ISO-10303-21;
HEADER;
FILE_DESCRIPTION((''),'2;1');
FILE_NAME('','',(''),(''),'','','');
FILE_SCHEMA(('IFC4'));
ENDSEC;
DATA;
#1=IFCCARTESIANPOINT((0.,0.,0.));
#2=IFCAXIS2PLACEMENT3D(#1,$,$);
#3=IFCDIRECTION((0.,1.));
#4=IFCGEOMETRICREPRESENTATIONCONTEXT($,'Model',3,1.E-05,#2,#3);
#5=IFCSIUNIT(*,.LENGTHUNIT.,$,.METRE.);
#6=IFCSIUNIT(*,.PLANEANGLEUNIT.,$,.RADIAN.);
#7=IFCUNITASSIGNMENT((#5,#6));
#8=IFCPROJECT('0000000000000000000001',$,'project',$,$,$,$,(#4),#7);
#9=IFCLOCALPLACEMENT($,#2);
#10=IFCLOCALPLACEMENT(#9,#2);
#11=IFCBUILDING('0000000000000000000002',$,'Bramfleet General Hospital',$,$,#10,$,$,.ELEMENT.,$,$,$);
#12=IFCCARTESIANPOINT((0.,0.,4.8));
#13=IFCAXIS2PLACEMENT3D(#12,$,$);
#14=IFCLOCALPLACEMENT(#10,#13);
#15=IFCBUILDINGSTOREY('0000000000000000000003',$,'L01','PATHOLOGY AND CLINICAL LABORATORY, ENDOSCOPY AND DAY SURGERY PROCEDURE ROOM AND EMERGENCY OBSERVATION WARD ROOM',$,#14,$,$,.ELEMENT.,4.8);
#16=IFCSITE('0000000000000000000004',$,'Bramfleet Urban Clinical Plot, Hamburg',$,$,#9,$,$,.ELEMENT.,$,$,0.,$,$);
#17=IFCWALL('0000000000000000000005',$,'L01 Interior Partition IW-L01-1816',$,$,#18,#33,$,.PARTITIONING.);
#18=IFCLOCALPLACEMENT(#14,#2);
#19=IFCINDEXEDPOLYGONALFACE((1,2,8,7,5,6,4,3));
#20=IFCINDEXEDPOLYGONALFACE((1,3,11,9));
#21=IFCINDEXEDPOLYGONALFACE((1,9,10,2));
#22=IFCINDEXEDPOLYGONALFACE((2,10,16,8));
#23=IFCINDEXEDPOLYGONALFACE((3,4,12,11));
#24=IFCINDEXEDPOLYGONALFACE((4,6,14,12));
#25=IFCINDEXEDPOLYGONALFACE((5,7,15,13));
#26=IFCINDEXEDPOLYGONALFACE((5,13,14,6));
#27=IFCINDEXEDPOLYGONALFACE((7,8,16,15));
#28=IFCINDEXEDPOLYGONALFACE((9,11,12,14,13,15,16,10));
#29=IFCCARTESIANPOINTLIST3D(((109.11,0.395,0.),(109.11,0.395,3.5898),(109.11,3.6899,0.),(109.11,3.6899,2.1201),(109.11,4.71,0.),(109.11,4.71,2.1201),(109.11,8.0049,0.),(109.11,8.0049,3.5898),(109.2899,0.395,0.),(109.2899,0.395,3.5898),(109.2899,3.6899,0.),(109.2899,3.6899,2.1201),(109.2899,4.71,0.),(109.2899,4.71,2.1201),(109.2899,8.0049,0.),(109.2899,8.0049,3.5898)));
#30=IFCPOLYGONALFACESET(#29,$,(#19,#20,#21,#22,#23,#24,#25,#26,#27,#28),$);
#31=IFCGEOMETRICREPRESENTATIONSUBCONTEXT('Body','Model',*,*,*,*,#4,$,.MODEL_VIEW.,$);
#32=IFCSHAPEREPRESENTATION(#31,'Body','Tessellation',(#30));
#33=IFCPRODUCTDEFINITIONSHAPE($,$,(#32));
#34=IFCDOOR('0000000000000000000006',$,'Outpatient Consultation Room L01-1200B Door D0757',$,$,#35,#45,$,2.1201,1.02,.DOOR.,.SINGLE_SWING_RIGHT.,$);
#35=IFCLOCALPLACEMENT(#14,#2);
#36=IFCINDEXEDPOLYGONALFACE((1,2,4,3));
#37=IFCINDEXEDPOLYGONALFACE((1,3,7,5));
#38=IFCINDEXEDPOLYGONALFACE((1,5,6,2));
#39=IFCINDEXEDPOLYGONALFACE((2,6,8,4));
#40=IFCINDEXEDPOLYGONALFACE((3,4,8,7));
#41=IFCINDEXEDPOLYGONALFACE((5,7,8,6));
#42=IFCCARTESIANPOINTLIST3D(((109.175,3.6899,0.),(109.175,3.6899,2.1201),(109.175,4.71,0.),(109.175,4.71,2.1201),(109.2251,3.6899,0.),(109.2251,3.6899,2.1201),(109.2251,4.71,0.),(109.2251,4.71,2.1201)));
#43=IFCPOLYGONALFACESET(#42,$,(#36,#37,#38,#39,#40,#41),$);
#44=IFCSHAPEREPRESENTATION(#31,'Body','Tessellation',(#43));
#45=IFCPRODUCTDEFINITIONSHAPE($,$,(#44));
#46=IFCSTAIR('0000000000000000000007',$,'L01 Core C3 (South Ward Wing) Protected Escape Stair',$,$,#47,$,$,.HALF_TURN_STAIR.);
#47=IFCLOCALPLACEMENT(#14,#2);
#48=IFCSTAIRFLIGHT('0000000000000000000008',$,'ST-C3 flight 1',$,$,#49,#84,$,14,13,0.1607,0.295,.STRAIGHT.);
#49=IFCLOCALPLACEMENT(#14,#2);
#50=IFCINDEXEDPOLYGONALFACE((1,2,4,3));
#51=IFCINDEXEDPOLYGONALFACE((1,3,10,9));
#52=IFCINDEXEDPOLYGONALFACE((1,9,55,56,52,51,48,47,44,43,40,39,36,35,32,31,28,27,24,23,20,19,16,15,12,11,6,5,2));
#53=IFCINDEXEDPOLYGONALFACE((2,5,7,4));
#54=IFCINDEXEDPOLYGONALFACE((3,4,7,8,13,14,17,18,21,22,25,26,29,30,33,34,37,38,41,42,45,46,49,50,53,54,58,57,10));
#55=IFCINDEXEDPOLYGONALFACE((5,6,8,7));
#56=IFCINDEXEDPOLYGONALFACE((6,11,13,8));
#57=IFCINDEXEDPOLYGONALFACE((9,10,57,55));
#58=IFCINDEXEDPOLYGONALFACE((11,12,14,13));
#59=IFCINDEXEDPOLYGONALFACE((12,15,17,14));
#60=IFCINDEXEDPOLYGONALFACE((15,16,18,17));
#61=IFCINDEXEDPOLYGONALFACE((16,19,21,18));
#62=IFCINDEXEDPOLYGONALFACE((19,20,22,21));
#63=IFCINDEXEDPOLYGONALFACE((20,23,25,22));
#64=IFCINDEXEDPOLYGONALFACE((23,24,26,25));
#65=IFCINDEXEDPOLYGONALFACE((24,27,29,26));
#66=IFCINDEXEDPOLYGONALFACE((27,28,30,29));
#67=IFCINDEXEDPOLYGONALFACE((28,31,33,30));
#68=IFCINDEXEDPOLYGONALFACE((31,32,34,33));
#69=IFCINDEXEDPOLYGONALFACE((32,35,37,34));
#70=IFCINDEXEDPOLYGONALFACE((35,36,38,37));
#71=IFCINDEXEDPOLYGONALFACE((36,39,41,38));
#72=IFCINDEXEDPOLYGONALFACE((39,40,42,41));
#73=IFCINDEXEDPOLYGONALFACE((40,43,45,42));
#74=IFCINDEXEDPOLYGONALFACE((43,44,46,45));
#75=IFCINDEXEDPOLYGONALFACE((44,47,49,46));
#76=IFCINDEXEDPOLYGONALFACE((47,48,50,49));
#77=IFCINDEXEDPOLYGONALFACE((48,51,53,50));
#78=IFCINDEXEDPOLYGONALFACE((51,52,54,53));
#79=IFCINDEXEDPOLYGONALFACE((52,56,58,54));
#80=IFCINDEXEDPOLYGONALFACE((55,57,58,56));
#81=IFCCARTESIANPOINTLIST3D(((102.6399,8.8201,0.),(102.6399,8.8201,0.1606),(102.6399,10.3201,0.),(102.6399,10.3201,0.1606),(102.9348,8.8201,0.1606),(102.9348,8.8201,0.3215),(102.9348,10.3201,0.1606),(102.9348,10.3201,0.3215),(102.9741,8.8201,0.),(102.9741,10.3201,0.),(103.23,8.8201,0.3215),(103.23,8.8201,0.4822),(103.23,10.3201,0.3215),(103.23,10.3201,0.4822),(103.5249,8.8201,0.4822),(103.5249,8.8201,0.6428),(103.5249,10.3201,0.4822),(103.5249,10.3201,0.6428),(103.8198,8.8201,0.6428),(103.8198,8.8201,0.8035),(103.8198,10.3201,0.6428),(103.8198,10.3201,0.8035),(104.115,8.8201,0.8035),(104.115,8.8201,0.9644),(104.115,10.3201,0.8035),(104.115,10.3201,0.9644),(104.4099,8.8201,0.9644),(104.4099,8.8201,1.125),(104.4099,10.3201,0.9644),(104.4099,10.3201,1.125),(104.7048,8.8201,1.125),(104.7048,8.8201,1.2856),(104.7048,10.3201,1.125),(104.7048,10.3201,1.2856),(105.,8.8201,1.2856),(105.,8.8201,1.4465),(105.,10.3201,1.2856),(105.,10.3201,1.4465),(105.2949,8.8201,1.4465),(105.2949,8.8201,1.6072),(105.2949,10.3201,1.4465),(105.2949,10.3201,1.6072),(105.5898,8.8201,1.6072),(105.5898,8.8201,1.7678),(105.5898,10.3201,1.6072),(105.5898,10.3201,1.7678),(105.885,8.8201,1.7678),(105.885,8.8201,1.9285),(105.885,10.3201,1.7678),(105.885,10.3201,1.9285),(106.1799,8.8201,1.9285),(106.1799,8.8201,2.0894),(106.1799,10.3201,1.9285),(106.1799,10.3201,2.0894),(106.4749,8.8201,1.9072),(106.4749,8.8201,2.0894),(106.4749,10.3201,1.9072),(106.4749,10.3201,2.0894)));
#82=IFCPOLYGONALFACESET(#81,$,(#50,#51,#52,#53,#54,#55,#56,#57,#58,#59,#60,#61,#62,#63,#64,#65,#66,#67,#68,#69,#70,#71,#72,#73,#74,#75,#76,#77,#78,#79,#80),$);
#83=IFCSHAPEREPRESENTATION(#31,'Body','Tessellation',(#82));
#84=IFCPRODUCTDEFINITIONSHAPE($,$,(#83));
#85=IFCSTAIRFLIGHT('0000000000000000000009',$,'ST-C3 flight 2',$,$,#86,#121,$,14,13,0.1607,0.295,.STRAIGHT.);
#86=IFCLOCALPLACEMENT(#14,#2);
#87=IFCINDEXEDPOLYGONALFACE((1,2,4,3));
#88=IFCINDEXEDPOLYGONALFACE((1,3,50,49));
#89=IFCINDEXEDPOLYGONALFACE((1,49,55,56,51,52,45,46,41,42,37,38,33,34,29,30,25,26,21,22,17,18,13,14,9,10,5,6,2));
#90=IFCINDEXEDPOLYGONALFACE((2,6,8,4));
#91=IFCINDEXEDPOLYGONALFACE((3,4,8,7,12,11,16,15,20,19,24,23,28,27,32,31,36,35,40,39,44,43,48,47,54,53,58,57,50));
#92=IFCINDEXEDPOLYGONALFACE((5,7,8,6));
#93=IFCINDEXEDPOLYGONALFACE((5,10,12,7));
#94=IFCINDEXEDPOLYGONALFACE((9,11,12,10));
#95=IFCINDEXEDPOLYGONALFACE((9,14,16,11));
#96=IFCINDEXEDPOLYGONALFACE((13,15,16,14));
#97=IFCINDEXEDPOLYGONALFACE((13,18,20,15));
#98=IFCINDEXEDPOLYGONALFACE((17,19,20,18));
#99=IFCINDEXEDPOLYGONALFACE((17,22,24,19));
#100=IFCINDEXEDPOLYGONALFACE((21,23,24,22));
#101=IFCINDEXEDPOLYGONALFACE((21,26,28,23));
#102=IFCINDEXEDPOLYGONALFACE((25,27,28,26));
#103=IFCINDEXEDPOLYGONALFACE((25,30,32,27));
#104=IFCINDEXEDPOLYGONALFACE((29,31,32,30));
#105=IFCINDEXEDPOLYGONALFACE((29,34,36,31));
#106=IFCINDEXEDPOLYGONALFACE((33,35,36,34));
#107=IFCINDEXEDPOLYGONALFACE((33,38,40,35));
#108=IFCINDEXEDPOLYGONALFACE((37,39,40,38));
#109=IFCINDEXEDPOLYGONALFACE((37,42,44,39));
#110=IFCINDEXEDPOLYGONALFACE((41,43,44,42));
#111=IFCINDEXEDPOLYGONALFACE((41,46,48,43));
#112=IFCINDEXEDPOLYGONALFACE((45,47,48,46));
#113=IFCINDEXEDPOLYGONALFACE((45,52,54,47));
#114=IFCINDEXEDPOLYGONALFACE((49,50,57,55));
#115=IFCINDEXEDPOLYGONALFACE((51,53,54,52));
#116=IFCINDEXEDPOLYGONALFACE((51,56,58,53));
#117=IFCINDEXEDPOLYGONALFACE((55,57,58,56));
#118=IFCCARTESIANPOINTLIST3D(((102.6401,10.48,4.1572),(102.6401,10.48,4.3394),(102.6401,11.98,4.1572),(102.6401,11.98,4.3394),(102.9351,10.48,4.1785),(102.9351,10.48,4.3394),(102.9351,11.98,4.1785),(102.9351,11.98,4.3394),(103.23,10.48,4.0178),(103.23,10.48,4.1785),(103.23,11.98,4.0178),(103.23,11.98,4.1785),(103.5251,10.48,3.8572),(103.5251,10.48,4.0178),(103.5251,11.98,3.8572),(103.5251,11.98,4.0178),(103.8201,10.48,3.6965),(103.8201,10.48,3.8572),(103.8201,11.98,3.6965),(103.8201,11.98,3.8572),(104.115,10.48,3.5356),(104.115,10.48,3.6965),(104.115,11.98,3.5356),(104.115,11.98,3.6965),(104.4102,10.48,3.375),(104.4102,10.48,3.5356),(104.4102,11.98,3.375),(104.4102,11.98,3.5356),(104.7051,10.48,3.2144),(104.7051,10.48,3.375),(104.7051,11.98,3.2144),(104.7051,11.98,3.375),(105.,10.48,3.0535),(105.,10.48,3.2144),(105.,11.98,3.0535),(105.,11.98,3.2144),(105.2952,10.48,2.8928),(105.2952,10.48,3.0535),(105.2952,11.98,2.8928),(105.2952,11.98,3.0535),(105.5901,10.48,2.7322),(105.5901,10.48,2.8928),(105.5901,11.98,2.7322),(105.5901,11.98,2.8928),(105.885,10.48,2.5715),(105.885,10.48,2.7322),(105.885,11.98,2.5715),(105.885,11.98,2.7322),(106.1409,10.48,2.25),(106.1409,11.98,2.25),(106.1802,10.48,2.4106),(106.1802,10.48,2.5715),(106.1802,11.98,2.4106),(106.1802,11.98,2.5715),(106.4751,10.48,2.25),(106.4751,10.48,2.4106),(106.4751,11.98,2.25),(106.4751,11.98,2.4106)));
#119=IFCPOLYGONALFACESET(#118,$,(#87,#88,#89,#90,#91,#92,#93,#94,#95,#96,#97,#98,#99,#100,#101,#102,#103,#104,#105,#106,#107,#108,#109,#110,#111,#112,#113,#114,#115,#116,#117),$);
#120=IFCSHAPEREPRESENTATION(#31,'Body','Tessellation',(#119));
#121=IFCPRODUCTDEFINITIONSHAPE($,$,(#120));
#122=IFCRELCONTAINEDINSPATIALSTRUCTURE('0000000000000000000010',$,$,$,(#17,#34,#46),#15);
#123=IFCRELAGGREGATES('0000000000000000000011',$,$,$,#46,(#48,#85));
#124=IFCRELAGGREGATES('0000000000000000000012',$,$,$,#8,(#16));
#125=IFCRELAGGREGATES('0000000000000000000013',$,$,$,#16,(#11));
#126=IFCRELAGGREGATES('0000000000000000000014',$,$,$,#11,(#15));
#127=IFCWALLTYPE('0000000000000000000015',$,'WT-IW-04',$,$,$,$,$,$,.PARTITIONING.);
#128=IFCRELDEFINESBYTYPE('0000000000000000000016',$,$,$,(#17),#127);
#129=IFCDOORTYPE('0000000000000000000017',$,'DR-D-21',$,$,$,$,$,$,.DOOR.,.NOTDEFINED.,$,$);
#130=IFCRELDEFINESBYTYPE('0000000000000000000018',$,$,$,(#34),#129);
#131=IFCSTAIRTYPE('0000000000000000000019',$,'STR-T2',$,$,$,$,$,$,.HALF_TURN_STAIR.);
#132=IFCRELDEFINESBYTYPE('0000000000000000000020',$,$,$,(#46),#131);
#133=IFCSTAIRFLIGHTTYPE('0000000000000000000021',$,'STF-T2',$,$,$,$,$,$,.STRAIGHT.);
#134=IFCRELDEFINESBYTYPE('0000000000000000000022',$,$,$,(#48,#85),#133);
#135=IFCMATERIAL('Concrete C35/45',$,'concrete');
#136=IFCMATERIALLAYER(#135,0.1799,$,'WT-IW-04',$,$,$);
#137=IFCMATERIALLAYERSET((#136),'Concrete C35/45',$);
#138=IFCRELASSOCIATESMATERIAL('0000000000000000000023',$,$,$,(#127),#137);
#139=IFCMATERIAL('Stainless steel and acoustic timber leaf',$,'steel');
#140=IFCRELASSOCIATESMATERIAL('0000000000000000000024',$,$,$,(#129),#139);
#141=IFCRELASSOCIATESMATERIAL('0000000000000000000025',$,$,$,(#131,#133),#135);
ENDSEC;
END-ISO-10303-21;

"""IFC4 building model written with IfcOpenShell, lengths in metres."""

from ifc_helpers import new_model, si_unit, direction, frame, frame_2d, origin, place, context, subcontext, project, spatial, polyline, rectangle, outline, extrude, material, layer, layer_set, type_object, element, fill, aggregate, save


model = new_model("IFC4")

# Units and contexts
model_context = context("Model", 3, precision=1e-05, world=origin(), true_north=direction((0.0, 1.0)))
body_context = subcontext(model_context, "Body", "Model", "MODEL_VIEW")
ifc_project = project(units=[si_unit("LENGTHUNIT", "METRE"), si_unit("PLANEANGLEUNIT", "RADIAN")], contexts=[model_context])

# Site, building, storey
site_placement = place(None, origin())
site = spatial("IfcSite", under=ifc_project, at=site_placement, Name="Bramfleet Urban Clinical Plot, Hamburg", CompositionType="ELEMENT", RefElevation=0.0)
building_placement = place(site_placement, origin())
building = spatial("IfcBuilding", under=site, at=building_placement, Name="Bramfleet General Hospital", CompositionType="ELEMENT")
storey_placement = place(building_placement, frame((0.0, 0.0, 4.8)))
storey = spatial("IfcBuildingStorey", under=building, at=storey_placement, Name="L01", Description="PATHOLOGY AND CLINICAL LABORATORY, ENDOSCOPY AND DAY SURGERY PROCEDURE ROOM AND EMERGENCY OBSERVATION WARD ROOM", CompositionType="ELEMENT", Elevation=4.8)

# Shared definitions
ifc_material_1 = material(Name="Concrete C35/45", Category="concrete")

# Wall, opening, door
ifc_layer_1 = layer(ifc_material_1, 0.1799, Name="WT-IW-04")
ifc_layer_set_1 = layer_set([ifc_layer_1], Name="Concrete C35/45")
wall_type_1 = type_object("IfcWallType", Name="WT-IW-04", PredefinedType="PARTITIONING", material=ifc_layer_set_1)
wall_1_placement = place(storey_placement, frame((109.2, 0.395, 0.0), z_axis=(0.0, 0.0, 1.0), x_axis=(0.0, 1.0, 0.0)))
wall_1 = element("IfcWall", 1, at=wall_1_placement, inside=storey, type_object=wall_type_1, Name="L01 Interior Partition IW-L01-1816", PredefinedType="PARTITIONING", context=body_context, shape_type="SweptSolid", body=[
    extrude(rectangle(XDim=7.6099, YDim=0.1799, at=frame_2d((3.8049, 0.0))), origin(), (0.0, 0.0, 1.0), 3.5898),
])
opening_1_placement = place(wall_1_placement, frame((3.2949, 0.0, 0.0)))
opening_1 = element("IfcOpeningElement", 2, at=opening_1_placement, cuts=wall_1, PredefinedType="OPENING", context=body_context, shape_type="SweptSolid", body=[
    extrude(rectangle(XDim=1.02, YDim=2.1201, at=frame_2d((0.51, 1.0601))), frame((0.0, 0.0999, 0.0), z_axis=(0.0, -1.0, 0.0), x_axis=(1.0, 0.0, 0.0)), (0.0, 0.0, 1.0), 0.2),
])
ifc_material_2 = material(Name="Stainless steel and acoustic timber leaf", Category="steel")
door_type_1 = type_object("IfcDoorType", Name="DR-D-21", OperationType="NOTDEFINED", PredefinedType="DOOR", material=ifc_material_2)
door_1_placement = place(opening_1_placement, origin())
door_1 = element("IfcDoor", 3, at=door_1_placement, inside=storey, type_object=door_type_1, Name="Outpatient Consultation Room L01-1200B Door D0757", OperationType="SINGLE_SWING_RIGHT", OverallHeight=2.1201, OverallWidth=1.02, PredefinedType="DOOR", context=body_context, shape_type="SweptSolid", body=[
    extrude(rectangle(XDim=1.02, YDim=2.1201, at=frame_2d((0.51, 1.0601))), frame((0.0, 0.0249, 0.0), z_axis=(0.0, -1.0, 0.0), x_axis=(1.0, 0.0, 0.0)), (0.0, 0.0, 1.0), 0.05),
])
fill(opening_1, door_1)

# Stair, stair flights
stair_type = type_object("IfcStairType", Name="STR-T2", PredefinedType="HALF_TURN_STAIR", material=ifc_material_1)
stair_placement = place(storey_placement, origin())
stair = element("IfcStair", 4, at=stair_placement, inside=storey, type_object=stair_type, Name="L01 Core C3 (South Ward Wing) Protected Escape Stair", PredefinedType="HALF_TURN_STAIR")
stair_flight_type = type_object("IfcStairFlightType", Name="STF-T2", PredefinedType="STRAIGHT", material=ifc_material_1)
stair_flight_1_placement = place(storey_placement, frame((102.6399, 9.5701, 0.0), z_axis=(0.0, 0.0, 1.0), x_axis=(1.0, 0.0, 0.0)))
stair_flight_1 = element("IfcStairFlight", 5, at=stair_flight_1_placement, type_object=stair_flight_type, Name="ST-C3 flight 1", NumberOfRisers=14, NumberOfTreads=13, PredefinedType="STRAIGHT", RiserHeight=0.1607, TreadLength=0.295, context=body_context, shape_type="SweptSolid", body=[
    extrude(outline(polyline([(0.0, 0.0), (0.0, 0.1606), (0.2949, 0.1606), (0.2949, 0.3215), (0.5901, 0.3215), (0.5901, 0.4822), (0.885, 0.4822), (0.885, 0.6428), (1.1799, 0.6428), (1.1799, 0.8035), (1.4751, 0.8035), (1.4751, 0.9644), (1.77, 0.9644), (1.77, 1.125), (2.0649, 1.125), (2.0649, 1.2856), (2.3601, 1.2856), (2.3601, 1.4465), (2.655, 1.4465), (2.655, 1.6072), (2.95, 1.6072), (2.95, 1.7678), (3.2451, 1.7678), (3.2451, 1.9285), (3.54, 1.9285), (3.54, 2.0894), (3.835, 2.0894), (3.835, 2.25), (3.835, 1.9072), (0.3342, 0.0), (0.0, 0.0)])), frame((0.0, 0.75, 0.0), z_axis=(0.0, -1.0, 0.0), x_axis=(1.0, 0.0, 0.0)), (0.0, 0.0, 1.0), 1.5),
])
stair_flight_2_placement = place(storey_placement, frame((106.4751, 11.23, 2.25), z_axis=(0.0, 0.0, 1.0), x_axis=(-1.0, 0.0, 0.0)))
stair_flight_2 = element("IfcStairFlight", 6, at=stair_flight_2_placement, type_object=stair_flight_type, Name="ST-C3 flight 2", NumberOfRisers=14, NumberOfTreads=13, PredefinedType="STRAIGHT", RiserHeight=0.1607, TreadLength=0.295, context=body_context, shape_type="SweptSolid", body=[
    extrude(outline(polyline([(0.0, 0.0), (0.0, 0.1606), (0.2949, 0.1606), (0.2949, 0.3215), (0.5901, 0.3215), (0.5901, 0.4822), (0.885, 0.4822), (0.885, 0.6428), (1.1799, 0.6428), (1.1799, 0.8035), (1.4751, 0.8035), (1.4751, 0.9644), (1.77, 0.9644), (1.77, 1.125), (2.0649, 1.125), (2.0649, 1.2856), (2.3601, 1.2856), (2.3601, 1.4465), (2.655, 1.4465), (2.655, 1.6072), (2.95, 1.6072), (2.95, 1.7678), (3.2451, 1.7678), (3.2451, 1.9285), (3.54, 1.9285), (3.54, 2.0894), (3.835, 2.0894), (3.835, 2.25), (3.835, 1.9072), (0.3342, 0.0), (0.0, 0.0)])), frame((0.0, 0.75, 0.0), z_axis=(0.0, -1.0, 0.0), x_axis=(1.0, 0.0, 0.0)), (0.0, 0.0, 1.0), 1.5),
])
aggregate(stair, [stair_flight_1, stair_flight_2])

save(model, "model.ifc")
